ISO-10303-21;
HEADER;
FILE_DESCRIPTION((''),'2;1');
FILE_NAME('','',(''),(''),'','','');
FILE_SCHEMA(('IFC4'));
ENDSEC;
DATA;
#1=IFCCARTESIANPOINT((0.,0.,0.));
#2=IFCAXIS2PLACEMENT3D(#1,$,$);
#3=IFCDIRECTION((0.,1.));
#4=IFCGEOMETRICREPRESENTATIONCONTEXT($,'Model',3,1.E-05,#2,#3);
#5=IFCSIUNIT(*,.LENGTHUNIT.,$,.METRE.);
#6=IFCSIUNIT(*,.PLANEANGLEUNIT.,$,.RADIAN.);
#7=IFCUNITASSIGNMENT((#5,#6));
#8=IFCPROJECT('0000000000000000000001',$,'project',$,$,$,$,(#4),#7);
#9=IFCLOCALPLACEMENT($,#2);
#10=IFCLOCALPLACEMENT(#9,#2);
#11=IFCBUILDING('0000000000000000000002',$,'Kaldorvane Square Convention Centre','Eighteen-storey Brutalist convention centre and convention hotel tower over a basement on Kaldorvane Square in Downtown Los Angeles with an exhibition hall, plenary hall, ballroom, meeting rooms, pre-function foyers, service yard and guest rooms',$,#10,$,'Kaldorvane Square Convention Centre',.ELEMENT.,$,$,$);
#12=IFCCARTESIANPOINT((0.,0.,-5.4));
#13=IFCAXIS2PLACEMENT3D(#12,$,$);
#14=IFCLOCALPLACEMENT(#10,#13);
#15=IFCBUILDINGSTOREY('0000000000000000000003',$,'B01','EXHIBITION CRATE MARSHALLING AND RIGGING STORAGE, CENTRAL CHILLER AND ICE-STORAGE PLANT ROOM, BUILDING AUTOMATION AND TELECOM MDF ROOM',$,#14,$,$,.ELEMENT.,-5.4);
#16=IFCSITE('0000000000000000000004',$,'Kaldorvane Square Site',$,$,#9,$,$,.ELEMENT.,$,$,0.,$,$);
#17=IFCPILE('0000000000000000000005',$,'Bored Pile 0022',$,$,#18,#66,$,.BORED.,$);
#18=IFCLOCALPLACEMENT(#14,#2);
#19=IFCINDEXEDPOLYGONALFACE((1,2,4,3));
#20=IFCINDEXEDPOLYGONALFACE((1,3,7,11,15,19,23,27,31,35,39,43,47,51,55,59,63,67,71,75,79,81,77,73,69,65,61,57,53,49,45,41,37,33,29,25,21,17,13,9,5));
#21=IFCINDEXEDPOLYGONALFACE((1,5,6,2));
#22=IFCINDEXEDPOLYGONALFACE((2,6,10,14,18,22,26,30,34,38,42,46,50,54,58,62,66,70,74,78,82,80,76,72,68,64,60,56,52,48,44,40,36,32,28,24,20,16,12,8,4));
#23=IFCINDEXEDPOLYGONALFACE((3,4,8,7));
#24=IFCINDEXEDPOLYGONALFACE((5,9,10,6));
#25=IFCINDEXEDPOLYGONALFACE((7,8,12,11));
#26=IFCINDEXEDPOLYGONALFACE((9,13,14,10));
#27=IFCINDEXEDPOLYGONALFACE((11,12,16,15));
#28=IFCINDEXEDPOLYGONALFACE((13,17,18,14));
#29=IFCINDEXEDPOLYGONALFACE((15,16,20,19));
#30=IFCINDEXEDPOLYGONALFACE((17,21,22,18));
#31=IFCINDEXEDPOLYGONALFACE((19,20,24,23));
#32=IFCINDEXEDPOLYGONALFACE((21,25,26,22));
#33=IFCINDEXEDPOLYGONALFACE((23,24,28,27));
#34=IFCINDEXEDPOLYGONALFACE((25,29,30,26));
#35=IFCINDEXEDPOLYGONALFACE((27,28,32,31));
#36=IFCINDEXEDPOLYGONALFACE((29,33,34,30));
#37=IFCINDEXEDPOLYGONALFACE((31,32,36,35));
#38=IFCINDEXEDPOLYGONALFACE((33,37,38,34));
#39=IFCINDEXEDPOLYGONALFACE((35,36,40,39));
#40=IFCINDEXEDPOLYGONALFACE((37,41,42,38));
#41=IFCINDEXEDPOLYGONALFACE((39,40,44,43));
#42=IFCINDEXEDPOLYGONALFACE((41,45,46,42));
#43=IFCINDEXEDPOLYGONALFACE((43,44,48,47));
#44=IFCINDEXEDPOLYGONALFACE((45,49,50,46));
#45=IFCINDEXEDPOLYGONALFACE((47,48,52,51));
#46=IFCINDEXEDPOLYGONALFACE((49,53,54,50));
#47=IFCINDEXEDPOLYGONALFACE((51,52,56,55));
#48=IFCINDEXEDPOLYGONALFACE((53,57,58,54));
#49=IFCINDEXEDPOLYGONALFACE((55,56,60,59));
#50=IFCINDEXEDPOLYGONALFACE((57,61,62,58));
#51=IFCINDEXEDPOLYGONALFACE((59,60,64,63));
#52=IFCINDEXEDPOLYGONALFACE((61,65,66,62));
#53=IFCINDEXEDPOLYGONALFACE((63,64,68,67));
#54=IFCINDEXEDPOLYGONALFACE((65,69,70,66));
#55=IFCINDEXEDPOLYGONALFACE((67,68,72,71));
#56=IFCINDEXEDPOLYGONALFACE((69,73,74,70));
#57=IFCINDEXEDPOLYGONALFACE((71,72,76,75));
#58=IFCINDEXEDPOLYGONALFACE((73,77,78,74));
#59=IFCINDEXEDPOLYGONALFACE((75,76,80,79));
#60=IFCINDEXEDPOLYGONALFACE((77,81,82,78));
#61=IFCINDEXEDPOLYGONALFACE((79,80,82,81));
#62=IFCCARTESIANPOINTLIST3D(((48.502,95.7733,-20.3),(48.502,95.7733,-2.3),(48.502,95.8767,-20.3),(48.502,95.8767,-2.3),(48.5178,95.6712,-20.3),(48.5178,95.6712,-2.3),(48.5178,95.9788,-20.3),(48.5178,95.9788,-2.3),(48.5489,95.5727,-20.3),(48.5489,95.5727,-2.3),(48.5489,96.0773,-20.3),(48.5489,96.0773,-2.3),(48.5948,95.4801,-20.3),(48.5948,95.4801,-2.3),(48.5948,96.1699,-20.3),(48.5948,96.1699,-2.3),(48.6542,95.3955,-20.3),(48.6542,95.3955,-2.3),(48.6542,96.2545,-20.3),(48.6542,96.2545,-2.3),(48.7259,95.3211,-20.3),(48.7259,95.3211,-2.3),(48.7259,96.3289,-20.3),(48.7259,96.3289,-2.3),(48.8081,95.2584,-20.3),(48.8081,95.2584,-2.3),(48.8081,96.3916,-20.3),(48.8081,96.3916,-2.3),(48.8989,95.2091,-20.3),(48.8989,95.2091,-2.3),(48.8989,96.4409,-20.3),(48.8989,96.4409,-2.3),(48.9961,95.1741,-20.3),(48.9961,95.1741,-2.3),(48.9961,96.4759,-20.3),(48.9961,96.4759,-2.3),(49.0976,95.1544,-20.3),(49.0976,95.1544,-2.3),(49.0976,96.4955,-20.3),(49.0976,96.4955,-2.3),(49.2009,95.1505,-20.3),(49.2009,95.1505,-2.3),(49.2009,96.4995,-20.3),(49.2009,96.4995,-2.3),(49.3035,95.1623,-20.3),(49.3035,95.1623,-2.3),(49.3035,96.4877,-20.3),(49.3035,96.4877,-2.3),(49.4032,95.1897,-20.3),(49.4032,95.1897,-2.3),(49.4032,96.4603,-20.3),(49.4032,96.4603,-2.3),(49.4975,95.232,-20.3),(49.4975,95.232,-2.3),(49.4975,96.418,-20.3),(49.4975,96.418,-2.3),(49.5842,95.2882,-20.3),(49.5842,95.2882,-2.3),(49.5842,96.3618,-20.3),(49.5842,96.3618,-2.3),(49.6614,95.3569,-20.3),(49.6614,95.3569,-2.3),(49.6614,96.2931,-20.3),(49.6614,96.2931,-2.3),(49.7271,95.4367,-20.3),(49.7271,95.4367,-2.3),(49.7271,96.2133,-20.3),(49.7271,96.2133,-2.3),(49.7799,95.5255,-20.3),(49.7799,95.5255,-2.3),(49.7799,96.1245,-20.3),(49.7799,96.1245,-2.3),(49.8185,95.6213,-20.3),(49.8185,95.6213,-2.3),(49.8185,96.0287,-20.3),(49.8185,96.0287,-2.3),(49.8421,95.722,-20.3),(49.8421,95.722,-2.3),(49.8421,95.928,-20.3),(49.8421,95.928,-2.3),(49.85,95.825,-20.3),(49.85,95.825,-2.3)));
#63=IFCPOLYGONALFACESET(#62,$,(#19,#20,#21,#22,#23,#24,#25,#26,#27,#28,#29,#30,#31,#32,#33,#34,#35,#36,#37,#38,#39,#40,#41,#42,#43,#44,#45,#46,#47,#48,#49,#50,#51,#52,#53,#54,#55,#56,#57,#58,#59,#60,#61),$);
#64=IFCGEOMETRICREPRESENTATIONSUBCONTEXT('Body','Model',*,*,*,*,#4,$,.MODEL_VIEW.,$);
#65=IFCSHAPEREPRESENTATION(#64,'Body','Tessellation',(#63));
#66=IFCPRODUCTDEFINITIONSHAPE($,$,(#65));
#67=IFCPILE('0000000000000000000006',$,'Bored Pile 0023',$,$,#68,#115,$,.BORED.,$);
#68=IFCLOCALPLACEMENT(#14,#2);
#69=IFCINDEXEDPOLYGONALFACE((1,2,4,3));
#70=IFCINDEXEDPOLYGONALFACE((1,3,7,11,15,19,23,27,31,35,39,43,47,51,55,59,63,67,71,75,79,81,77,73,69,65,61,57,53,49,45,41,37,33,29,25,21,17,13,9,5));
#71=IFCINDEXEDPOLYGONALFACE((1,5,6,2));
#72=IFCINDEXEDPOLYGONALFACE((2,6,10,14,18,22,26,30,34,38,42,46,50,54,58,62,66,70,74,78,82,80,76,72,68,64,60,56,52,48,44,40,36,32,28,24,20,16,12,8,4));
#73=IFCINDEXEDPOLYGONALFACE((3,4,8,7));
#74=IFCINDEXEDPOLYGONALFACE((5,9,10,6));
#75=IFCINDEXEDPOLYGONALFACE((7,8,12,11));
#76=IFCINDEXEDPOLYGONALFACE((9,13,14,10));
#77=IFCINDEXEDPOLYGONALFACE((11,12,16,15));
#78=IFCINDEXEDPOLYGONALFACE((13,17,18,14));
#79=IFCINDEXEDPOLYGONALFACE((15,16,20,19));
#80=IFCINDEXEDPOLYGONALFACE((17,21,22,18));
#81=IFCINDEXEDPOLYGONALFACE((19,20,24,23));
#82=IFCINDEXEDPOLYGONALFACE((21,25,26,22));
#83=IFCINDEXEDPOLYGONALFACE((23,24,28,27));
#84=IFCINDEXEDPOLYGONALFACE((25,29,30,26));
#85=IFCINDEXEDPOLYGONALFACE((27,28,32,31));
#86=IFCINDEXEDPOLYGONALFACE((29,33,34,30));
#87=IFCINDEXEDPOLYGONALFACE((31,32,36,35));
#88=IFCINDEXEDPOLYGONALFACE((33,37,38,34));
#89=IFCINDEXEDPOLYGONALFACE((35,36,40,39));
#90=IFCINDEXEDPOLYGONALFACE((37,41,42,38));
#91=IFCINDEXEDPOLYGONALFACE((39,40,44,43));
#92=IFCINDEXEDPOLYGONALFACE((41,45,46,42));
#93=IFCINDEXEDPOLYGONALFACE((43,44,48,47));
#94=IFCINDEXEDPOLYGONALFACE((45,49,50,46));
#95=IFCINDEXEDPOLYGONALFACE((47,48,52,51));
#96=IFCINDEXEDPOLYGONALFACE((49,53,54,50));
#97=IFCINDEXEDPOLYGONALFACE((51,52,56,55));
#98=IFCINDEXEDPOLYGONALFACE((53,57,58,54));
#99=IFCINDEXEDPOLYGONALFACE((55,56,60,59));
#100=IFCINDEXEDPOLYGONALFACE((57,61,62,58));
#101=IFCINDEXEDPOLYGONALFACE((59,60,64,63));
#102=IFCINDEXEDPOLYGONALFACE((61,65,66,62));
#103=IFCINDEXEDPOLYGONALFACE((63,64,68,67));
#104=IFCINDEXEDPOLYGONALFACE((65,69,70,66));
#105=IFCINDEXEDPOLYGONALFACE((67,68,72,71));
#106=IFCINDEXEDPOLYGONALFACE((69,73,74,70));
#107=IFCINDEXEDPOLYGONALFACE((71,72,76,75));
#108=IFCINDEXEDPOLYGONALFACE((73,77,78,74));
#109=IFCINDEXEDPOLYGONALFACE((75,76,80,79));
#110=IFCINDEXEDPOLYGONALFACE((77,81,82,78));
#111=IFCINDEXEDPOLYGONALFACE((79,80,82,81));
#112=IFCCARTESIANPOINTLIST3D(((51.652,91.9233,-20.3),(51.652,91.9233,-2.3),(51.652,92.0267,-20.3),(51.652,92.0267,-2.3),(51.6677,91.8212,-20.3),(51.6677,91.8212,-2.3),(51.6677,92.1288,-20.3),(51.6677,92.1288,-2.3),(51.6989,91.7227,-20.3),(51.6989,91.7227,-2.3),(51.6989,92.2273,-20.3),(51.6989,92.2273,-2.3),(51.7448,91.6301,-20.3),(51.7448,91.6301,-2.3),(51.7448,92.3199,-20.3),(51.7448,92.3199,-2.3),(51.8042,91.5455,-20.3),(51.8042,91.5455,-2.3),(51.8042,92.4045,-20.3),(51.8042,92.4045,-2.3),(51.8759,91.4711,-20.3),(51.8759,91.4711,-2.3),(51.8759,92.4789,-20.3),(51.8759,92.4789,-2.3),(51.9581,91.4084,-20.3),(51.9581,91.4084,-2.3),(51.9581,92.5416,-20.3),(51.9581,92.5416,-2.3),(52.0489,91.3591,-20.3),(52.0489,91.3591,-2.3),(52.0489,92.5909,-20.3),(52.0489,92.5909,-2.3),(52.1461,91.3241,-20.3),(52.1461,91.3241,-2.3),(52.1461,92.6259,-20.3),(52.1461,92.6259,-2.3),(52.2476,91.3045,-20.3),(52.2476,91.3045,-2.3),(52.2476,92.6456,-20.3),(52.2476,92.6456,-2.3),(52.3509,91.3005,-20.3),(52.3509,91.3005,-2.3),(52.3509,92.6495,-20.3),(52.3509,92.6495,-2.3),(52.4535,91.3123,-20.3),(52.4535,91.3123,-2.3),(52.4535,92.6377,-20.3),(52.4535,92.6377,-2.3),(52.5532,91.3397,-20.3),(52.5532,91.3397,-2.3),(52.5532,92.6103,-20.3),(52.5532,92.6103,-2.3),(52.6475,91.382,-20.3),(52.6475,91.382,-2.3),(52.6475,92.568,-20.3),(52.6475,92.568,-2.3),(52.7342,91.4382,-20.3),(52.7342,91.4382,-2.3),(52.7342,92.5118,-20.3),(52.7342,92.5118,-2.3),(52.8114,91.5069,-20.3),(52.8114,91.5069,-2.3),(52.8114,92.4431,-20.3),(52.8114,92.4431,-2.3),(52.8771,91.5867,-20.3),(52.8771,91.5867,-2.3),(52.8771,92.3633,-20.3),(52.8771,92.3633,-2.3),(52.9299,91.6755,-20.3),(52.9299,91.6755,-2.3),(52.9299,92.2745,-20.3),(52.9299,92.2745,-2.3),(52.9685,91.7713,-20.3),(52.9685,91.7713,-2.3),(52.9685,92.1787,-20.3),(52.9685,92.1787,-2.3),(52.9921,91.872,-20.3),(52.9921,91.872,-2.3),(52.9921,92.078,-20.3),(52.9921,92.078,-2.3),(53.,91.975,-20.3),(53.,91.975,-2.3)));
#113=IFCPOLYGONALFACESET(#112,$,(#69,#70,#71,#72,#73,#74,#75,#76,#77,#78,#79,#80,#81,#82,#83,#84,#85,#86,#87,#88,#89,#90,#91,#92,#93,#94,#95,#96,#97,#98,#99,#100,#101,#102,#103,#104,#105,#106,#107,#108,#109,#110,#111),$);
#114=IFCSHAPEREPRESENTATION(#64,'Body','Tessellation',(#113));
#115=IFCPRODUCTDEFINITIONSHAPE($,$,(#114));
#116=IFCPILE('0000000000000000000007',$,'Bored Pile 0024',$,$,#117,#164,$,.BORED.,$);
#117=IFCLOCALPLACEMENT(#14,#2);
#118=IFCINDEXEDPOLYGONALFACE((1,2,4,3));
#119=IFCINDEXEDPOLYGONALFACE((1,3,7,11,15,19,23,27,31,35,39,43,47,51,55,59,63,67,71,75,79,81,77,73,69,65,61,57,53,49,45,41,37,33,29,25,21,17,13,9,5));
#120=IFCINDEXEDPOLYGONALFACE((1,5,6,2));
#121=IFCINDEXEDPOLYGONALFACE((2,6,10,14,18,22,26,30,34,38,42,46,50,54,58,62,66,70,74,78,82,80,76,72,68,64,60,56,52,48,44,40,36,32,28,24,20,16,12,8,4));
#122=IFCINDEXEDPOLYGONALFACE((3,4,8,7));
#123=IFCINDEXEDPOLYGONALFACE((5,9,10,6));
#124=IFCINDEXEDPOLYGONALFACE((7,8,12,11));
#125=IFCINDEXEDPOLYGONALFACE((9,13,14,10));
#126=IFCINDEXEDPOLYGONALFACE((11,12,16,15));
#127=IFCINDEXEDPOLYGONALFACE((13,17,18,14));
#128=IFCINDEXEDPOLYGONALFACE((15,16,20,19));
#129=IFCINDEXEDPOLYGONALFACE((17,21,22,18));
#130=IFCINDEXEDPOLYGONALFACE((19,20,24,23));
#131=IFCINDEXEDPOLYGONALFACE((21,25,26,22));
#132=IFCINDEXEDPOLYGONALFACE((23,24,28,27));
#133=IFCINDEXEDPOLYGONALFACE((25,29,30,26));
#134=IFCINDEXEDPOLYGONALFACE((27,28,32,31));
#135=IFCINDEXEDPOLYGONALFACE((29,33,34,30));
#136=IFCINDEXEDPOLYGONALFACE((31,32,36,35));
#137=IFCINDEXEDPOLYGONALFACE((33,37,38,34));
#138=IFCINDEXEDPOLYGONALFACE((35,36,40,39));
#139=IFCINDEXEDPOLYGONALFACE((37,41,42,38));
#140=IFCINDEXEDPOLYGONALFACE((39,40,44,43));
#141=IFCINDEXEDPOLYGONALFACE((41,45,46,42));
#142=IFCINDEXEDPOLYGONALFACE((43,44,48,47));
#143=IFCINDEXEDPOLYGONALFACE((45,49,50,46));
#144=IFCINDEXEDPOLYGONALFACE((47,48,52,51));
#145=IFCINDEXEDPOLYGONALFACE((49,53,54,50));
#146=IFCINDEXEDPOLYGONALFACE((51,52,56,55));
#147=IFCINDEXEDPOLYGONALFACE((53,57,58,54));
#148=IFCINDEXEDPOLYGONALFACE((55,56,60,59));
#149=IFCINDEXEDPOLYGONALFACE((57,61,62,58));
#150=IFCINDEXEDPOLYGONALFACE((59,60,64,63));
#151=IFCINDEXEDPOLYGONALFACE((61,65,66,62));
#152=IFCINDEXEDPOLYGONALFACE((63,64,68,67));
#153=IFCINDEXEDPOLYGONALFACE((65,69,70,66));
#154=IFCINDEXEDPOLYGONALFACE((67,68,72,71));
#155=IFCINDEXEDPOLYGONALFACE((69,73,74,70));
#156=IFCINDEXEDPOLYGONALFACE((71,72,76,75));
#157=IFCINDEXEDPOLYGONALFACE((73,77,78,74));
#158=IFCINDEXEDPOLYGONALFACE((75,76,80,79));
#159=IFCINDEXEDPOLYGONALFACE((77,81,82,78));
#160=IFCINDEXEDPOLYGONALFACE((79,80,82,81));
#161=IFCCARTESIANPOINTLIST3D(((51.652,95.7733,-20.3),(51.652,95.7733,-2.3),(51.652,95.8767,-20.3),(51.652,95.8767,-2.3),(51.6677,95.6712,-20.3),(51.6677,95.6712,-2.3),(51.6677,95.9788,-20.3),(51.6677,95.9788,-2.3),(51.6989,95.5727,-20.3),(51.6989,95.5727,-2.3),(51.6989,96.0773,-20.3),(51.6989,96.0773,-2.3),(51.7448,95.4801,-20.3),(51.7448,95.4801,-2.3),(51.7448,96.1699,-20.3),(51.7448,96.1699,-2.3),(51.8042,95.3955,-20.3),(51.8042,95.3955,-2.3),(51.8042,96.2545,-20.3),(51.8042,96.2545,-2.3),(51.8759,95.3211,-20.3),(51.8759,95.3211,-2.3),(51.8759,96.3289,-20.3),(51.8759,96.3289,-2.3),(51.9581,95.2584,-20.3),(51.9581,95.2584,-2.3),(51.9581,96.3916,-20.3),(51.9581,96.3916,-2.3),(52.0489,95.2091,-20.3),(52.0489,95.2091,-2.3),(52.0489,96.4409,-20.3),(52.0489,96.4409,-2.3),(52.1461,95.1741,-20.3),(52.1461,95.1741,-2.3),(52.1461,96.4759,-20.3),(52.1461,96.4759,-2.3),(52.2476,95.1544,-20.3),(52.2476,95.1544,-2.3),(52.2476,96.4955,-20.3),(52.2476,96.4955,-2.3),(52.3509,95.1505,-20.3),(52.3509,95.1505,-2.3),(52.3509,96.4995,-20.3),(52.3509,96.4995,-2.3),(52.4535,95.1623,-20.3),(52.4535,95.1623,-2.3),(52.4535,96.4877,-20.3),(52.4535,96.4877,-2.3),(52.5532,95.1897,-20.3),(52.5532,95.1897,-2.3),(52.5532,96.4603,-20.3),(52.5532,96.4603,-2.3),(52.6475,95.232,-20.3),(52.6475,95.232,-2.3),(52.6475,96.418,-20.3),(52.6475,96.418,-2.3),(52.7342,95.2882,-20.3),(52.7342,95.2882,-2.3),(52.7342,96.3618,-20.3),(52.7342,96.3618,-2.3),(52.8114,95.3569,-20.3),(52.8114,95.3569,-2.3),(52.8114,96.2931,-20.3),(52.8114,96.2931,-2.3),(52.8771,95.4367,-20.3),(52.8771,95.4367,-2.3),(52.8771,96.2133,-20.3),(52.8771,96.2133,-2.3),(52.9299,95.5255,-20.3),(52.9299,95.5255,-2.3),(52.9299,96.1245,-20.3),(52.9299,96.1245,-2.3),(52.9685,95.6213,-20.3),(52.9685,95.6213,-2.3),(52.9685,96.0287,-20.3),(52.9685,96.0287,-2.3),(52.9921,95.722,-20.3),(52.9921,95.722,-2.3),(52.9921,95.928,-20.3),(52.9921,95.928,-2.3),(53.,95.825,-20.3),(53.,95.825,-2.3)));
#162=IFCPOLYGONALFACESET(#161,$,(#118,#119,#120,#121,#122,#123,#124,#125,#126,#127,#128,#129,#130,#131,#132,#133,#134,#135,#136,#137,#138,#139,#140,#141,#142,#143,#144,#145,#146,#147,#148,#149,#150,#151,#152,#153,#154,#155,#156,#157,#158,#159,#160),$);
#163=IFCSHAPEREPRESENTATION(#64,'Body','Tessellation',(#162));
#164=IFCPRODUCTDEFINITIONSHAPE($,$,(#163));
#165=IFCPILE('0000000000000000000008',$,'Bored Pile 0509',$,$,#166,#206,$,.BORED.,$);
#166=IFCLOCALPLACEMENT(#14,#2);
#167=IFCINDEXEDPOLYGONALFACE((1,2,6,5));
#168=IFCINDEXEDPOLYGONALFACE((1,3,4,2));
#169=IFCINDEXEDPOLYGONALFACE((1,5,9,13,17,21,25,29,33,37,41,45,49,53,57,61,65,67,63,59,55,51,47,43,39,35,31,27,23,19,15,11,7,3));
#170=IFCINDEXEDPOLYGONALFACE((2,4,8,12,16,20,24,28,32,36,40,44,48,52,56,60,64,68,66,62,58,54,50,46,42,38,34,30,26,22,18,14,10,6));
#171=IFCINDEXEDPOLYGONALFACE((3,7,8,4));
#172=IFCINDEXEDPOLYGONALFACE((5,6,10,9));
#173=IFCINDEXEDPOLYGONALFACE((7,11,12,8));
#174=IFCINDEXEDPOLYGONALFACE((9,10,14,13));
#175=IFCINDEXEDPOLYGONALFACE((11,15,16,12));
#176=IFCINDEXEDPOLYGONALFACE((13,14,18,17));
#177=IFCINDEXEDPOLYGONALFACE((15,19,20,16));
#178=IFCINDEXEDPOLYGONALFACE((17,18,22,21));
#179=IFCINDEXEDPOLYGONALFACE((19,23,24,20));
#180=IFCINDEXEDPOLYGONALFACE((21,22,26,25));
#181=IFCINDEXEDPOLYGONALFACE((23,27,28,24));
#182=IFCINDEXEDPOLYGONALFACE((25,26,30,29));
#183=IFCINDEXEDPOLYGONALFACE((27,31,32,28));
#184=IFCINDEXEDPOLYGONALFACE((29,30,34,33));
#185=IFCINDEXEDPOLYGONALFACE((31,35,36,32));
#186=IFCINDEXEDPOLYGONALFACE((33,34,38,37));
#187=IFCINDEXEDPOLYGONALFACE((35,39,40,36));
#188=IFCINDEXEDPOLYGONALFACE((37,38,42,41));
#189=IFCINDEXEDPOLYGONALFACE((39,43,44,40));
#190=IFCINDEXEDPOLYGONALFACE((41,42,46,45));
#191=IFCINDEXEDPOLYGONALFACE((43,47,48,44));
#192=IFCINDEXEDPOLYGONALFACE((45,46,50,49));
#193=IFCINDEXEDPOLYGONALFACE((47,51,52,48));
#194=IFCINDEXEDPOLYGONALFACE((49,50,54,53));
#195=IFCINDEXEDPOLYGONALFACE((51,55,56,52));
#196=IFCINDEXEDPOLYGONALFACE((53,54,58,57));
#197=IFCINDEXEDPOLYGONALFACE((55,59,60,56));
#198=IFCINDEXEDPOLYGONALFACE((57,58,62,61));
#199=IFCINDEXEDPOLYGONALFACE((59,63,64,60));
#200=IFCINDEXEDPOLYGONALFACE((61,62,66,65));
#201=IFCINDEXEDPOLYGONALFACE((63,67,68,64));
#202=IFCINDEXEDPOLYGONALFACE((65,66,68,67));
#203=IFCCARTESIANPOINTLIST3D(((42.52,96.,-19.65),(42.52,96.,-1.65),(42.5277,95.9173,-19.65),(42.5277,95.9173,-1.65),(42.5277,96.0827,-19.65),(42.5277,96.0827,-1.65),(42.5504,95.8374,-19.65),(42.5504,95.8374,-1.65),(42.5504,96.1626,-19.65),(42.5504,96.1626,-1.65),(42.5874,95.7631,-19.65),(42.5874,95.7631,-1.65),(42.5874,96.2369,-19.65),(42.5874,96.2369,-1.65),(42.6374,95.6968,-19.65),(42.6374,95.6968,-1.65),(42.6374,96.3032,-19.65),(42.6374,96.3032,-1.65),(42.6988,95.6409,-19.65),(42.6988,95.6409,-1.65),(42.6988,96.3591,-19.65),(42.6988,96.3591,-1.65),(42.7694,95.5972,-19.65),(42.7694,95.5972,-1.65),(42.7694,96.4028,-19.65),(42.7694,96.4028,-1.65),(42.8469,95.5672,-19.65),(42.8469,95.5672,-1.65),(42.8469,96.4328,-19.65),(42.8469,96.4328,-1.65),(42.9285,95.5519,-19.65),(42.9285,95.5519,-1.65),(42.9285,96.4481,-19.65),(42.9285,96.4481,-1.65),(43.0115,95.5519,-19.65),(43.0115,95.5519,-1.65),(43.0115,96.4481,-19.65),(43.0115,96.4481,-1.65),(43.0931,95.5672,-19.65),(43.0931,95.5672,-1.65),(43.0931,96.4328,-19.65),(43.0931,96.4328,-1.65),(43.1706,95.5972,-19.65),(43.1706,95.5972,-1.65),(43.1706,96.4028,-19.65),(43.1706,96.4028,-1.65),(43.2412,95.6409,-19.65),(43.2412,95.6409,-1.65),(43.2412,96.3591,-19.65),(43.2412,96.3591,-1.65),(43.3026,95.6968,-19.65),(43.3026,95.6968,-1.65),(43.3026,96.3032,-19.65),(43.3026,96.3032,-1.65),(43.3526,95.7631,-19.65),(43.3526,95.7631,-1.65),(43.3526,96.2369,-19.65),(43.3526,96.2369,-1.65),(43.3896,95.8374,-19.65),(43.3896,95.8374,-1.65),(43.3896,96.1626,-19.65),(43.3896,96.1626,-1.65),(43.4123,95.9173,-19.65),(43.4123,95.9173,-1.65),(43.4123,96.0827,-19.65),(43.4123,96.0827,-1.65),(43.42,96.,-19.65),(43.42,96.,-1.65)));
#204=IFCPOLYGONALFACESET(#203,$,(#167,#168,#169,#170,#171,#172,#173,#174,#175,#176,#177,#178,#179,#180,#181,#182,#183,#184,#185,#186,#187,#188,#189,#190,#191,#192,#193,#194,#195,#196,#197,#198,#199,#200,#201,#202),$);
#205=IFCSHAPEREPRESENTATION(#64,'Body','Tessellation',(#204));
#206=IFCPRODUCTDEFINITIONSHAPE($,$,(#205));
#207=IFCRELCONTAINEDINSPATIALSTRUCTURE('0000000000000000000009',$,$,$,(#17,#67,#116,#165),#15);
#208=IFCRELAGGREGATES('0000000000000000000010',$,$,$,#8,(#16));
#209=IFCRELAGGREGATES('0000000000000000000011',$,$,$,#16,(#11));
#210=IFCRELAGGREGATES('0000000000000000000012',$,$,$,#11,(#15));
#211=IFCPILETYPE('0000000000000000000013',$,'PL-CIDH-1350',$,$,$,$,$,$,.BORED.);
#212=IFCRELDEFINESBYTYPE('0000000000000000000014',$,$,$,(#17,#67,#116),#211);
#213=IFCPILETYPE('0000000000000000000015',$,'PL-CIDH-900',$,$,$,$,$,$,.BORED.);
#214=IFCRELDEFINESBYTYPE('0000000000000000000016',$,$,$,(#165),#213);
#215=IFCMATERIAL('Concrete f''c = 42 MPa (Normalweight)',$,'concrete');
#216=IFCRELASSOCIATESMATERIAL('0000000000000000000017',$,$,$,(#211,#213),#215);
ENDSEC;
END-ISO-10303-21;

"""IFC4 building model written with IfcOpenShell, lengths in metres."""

from ifc_helpers import new_model, si_unit, direction, frame, origin, origin_2d, place, context, subcontext, project, spatial, circle, extrude, material, material_profile, profile_set, type_object, element, save


model = new_model("IFC4")

# Units and contexts
model_context = context("Model", 3, precision=1e-05, world=origin(), true_north=direction((0.0, 1.0)))
body_context = subcontext(model_context, "Body", "Model", "MODEL_VIEW")
ifc_project = project(units=[si_unit("LENGTHUNIT", "METRE"), si_unit("PLANEANGLEUNIT", "RADIAN")], contexts=[model_context])

# Site, building, storey
site_placement = place(None, origin())
site = spatial("IfcSite", under=ifc_project, at=site_placement, Name="Kaldorvane Square Site", CompositionType="ELEMENT", RefElevation=0.0)
building_placement = place(site_placement, origin())
building = spatial("IfcBuilding", under=site, at=building_placement, Name="Kaldorvane Square Convention Centre", Description="Eighteen-storey Brutalist convention centre and convention hotel tower over a basement on Kaldorvane Square in Downtown Los Angeles with an exhibition hall, plenary hall, ballroom, meeting rooms, pre-function foyers, service yard and guest rooms", LongName="Kaldorvane Square Convention Centre", CompositionType="ELEMENT")
storey_placement = place(building_placement, frame((0.0, 0.0, -5.4)))
storey = spatial("IfcBuildingStorey", under=building, at=storey_placement, Name="B01", Description="EXHIBITION CRATE MARSHALLING AND RIGGING STORAGE, CENTRAL CHILLER AND ICE-STORAGE PLANT ROOM, BUILDING AUTOMATION AND TELECOM MDF ROOM", CompositionType="ELEMENT", Elevation=-5.4)

# Shared definitions
ifc_material_1 = material(Name="Concrete f'c = 42 MPa (Normalweight)", Category="concrete")

# Piles
ifc_material_profile_1 = material_profile(ifc_material_1, circle(Radius=0.675, at=origin_2d()), Name="PILE-D1350")
ifc_profile_set_1 = profile_set([ifc_material_profile_1], Name="Concrete f'c = 42 MPa (Normalweight)")
pile_type_1 = type_object("IfcPileType", Name="PL-CIDH-1350", PredefinedType="BORED", material=ifc_profile_set_1)
for number, where, z_axis, x_axis, name in (
    (1, (49.175, 95.825, -2.3), (0.0, 0.0, -1.0), (1.0, 0.0, 0.0), "Bored Pile 0022"),
    (2, (52.325, 91.975, -2.3), (0.0, 0.0, -1.0), (1.0, 0.0, 0.0), "Bored Pile 0023"),
    (3, (52.325, 95.825, -2.3), (0.0, 0.0, -1.0), (1.0, 0.0, 0.0), "Bored Pile 0024"),
):
    element("IfcPile", number, at=place(storey_placement, frame(where, z_axis=z_axis, x_axis=x_axis)), inside=storey, type_object=pile_type_1, Name=name, PredefinedType="BORED", context=body_context, shape_type="SweptSolid", body=[
        extrude(circle(Radius=0.675, at=origin_2d()), origin(), (0.0, 0.0, 1.0), 18.0),
    ])
ifc_material_profile_2 = material_profile(ifc_material_1, circle(Radius=0.45, at=origin_2d()), Name="PILE-D900")
ifc_profile_set_2 = profile_set([ifc_material_profile_2], Name="Concrete f'c = 42 MPa (Normalweight)")
pile_type_2 = type_object("IfcPileType", Name="PL-CIDH-900", PredefinedType="BORED", material=ifc_profile_set_2)
pile_placement = place(storey_placement, frame((42.97, 96.0, -1.65), z_axis=(0.0, 0.0, -1.0), x_axis=(1.0, 0.0, 0.0)))
element("IfcPile", 4, at=pile_placement, inside=storey, type_object=pile_type_2, Name="Bored Pile 0509", PredefinedType="BORED", context=body_context, shape_type="SweptSolid", body=[
    extrude(circle(Radius=0.45, at=origin_2d()), origin(), (0.0, 0.0, 1.0), 18.0),
])

save(model, "model.ifc")
